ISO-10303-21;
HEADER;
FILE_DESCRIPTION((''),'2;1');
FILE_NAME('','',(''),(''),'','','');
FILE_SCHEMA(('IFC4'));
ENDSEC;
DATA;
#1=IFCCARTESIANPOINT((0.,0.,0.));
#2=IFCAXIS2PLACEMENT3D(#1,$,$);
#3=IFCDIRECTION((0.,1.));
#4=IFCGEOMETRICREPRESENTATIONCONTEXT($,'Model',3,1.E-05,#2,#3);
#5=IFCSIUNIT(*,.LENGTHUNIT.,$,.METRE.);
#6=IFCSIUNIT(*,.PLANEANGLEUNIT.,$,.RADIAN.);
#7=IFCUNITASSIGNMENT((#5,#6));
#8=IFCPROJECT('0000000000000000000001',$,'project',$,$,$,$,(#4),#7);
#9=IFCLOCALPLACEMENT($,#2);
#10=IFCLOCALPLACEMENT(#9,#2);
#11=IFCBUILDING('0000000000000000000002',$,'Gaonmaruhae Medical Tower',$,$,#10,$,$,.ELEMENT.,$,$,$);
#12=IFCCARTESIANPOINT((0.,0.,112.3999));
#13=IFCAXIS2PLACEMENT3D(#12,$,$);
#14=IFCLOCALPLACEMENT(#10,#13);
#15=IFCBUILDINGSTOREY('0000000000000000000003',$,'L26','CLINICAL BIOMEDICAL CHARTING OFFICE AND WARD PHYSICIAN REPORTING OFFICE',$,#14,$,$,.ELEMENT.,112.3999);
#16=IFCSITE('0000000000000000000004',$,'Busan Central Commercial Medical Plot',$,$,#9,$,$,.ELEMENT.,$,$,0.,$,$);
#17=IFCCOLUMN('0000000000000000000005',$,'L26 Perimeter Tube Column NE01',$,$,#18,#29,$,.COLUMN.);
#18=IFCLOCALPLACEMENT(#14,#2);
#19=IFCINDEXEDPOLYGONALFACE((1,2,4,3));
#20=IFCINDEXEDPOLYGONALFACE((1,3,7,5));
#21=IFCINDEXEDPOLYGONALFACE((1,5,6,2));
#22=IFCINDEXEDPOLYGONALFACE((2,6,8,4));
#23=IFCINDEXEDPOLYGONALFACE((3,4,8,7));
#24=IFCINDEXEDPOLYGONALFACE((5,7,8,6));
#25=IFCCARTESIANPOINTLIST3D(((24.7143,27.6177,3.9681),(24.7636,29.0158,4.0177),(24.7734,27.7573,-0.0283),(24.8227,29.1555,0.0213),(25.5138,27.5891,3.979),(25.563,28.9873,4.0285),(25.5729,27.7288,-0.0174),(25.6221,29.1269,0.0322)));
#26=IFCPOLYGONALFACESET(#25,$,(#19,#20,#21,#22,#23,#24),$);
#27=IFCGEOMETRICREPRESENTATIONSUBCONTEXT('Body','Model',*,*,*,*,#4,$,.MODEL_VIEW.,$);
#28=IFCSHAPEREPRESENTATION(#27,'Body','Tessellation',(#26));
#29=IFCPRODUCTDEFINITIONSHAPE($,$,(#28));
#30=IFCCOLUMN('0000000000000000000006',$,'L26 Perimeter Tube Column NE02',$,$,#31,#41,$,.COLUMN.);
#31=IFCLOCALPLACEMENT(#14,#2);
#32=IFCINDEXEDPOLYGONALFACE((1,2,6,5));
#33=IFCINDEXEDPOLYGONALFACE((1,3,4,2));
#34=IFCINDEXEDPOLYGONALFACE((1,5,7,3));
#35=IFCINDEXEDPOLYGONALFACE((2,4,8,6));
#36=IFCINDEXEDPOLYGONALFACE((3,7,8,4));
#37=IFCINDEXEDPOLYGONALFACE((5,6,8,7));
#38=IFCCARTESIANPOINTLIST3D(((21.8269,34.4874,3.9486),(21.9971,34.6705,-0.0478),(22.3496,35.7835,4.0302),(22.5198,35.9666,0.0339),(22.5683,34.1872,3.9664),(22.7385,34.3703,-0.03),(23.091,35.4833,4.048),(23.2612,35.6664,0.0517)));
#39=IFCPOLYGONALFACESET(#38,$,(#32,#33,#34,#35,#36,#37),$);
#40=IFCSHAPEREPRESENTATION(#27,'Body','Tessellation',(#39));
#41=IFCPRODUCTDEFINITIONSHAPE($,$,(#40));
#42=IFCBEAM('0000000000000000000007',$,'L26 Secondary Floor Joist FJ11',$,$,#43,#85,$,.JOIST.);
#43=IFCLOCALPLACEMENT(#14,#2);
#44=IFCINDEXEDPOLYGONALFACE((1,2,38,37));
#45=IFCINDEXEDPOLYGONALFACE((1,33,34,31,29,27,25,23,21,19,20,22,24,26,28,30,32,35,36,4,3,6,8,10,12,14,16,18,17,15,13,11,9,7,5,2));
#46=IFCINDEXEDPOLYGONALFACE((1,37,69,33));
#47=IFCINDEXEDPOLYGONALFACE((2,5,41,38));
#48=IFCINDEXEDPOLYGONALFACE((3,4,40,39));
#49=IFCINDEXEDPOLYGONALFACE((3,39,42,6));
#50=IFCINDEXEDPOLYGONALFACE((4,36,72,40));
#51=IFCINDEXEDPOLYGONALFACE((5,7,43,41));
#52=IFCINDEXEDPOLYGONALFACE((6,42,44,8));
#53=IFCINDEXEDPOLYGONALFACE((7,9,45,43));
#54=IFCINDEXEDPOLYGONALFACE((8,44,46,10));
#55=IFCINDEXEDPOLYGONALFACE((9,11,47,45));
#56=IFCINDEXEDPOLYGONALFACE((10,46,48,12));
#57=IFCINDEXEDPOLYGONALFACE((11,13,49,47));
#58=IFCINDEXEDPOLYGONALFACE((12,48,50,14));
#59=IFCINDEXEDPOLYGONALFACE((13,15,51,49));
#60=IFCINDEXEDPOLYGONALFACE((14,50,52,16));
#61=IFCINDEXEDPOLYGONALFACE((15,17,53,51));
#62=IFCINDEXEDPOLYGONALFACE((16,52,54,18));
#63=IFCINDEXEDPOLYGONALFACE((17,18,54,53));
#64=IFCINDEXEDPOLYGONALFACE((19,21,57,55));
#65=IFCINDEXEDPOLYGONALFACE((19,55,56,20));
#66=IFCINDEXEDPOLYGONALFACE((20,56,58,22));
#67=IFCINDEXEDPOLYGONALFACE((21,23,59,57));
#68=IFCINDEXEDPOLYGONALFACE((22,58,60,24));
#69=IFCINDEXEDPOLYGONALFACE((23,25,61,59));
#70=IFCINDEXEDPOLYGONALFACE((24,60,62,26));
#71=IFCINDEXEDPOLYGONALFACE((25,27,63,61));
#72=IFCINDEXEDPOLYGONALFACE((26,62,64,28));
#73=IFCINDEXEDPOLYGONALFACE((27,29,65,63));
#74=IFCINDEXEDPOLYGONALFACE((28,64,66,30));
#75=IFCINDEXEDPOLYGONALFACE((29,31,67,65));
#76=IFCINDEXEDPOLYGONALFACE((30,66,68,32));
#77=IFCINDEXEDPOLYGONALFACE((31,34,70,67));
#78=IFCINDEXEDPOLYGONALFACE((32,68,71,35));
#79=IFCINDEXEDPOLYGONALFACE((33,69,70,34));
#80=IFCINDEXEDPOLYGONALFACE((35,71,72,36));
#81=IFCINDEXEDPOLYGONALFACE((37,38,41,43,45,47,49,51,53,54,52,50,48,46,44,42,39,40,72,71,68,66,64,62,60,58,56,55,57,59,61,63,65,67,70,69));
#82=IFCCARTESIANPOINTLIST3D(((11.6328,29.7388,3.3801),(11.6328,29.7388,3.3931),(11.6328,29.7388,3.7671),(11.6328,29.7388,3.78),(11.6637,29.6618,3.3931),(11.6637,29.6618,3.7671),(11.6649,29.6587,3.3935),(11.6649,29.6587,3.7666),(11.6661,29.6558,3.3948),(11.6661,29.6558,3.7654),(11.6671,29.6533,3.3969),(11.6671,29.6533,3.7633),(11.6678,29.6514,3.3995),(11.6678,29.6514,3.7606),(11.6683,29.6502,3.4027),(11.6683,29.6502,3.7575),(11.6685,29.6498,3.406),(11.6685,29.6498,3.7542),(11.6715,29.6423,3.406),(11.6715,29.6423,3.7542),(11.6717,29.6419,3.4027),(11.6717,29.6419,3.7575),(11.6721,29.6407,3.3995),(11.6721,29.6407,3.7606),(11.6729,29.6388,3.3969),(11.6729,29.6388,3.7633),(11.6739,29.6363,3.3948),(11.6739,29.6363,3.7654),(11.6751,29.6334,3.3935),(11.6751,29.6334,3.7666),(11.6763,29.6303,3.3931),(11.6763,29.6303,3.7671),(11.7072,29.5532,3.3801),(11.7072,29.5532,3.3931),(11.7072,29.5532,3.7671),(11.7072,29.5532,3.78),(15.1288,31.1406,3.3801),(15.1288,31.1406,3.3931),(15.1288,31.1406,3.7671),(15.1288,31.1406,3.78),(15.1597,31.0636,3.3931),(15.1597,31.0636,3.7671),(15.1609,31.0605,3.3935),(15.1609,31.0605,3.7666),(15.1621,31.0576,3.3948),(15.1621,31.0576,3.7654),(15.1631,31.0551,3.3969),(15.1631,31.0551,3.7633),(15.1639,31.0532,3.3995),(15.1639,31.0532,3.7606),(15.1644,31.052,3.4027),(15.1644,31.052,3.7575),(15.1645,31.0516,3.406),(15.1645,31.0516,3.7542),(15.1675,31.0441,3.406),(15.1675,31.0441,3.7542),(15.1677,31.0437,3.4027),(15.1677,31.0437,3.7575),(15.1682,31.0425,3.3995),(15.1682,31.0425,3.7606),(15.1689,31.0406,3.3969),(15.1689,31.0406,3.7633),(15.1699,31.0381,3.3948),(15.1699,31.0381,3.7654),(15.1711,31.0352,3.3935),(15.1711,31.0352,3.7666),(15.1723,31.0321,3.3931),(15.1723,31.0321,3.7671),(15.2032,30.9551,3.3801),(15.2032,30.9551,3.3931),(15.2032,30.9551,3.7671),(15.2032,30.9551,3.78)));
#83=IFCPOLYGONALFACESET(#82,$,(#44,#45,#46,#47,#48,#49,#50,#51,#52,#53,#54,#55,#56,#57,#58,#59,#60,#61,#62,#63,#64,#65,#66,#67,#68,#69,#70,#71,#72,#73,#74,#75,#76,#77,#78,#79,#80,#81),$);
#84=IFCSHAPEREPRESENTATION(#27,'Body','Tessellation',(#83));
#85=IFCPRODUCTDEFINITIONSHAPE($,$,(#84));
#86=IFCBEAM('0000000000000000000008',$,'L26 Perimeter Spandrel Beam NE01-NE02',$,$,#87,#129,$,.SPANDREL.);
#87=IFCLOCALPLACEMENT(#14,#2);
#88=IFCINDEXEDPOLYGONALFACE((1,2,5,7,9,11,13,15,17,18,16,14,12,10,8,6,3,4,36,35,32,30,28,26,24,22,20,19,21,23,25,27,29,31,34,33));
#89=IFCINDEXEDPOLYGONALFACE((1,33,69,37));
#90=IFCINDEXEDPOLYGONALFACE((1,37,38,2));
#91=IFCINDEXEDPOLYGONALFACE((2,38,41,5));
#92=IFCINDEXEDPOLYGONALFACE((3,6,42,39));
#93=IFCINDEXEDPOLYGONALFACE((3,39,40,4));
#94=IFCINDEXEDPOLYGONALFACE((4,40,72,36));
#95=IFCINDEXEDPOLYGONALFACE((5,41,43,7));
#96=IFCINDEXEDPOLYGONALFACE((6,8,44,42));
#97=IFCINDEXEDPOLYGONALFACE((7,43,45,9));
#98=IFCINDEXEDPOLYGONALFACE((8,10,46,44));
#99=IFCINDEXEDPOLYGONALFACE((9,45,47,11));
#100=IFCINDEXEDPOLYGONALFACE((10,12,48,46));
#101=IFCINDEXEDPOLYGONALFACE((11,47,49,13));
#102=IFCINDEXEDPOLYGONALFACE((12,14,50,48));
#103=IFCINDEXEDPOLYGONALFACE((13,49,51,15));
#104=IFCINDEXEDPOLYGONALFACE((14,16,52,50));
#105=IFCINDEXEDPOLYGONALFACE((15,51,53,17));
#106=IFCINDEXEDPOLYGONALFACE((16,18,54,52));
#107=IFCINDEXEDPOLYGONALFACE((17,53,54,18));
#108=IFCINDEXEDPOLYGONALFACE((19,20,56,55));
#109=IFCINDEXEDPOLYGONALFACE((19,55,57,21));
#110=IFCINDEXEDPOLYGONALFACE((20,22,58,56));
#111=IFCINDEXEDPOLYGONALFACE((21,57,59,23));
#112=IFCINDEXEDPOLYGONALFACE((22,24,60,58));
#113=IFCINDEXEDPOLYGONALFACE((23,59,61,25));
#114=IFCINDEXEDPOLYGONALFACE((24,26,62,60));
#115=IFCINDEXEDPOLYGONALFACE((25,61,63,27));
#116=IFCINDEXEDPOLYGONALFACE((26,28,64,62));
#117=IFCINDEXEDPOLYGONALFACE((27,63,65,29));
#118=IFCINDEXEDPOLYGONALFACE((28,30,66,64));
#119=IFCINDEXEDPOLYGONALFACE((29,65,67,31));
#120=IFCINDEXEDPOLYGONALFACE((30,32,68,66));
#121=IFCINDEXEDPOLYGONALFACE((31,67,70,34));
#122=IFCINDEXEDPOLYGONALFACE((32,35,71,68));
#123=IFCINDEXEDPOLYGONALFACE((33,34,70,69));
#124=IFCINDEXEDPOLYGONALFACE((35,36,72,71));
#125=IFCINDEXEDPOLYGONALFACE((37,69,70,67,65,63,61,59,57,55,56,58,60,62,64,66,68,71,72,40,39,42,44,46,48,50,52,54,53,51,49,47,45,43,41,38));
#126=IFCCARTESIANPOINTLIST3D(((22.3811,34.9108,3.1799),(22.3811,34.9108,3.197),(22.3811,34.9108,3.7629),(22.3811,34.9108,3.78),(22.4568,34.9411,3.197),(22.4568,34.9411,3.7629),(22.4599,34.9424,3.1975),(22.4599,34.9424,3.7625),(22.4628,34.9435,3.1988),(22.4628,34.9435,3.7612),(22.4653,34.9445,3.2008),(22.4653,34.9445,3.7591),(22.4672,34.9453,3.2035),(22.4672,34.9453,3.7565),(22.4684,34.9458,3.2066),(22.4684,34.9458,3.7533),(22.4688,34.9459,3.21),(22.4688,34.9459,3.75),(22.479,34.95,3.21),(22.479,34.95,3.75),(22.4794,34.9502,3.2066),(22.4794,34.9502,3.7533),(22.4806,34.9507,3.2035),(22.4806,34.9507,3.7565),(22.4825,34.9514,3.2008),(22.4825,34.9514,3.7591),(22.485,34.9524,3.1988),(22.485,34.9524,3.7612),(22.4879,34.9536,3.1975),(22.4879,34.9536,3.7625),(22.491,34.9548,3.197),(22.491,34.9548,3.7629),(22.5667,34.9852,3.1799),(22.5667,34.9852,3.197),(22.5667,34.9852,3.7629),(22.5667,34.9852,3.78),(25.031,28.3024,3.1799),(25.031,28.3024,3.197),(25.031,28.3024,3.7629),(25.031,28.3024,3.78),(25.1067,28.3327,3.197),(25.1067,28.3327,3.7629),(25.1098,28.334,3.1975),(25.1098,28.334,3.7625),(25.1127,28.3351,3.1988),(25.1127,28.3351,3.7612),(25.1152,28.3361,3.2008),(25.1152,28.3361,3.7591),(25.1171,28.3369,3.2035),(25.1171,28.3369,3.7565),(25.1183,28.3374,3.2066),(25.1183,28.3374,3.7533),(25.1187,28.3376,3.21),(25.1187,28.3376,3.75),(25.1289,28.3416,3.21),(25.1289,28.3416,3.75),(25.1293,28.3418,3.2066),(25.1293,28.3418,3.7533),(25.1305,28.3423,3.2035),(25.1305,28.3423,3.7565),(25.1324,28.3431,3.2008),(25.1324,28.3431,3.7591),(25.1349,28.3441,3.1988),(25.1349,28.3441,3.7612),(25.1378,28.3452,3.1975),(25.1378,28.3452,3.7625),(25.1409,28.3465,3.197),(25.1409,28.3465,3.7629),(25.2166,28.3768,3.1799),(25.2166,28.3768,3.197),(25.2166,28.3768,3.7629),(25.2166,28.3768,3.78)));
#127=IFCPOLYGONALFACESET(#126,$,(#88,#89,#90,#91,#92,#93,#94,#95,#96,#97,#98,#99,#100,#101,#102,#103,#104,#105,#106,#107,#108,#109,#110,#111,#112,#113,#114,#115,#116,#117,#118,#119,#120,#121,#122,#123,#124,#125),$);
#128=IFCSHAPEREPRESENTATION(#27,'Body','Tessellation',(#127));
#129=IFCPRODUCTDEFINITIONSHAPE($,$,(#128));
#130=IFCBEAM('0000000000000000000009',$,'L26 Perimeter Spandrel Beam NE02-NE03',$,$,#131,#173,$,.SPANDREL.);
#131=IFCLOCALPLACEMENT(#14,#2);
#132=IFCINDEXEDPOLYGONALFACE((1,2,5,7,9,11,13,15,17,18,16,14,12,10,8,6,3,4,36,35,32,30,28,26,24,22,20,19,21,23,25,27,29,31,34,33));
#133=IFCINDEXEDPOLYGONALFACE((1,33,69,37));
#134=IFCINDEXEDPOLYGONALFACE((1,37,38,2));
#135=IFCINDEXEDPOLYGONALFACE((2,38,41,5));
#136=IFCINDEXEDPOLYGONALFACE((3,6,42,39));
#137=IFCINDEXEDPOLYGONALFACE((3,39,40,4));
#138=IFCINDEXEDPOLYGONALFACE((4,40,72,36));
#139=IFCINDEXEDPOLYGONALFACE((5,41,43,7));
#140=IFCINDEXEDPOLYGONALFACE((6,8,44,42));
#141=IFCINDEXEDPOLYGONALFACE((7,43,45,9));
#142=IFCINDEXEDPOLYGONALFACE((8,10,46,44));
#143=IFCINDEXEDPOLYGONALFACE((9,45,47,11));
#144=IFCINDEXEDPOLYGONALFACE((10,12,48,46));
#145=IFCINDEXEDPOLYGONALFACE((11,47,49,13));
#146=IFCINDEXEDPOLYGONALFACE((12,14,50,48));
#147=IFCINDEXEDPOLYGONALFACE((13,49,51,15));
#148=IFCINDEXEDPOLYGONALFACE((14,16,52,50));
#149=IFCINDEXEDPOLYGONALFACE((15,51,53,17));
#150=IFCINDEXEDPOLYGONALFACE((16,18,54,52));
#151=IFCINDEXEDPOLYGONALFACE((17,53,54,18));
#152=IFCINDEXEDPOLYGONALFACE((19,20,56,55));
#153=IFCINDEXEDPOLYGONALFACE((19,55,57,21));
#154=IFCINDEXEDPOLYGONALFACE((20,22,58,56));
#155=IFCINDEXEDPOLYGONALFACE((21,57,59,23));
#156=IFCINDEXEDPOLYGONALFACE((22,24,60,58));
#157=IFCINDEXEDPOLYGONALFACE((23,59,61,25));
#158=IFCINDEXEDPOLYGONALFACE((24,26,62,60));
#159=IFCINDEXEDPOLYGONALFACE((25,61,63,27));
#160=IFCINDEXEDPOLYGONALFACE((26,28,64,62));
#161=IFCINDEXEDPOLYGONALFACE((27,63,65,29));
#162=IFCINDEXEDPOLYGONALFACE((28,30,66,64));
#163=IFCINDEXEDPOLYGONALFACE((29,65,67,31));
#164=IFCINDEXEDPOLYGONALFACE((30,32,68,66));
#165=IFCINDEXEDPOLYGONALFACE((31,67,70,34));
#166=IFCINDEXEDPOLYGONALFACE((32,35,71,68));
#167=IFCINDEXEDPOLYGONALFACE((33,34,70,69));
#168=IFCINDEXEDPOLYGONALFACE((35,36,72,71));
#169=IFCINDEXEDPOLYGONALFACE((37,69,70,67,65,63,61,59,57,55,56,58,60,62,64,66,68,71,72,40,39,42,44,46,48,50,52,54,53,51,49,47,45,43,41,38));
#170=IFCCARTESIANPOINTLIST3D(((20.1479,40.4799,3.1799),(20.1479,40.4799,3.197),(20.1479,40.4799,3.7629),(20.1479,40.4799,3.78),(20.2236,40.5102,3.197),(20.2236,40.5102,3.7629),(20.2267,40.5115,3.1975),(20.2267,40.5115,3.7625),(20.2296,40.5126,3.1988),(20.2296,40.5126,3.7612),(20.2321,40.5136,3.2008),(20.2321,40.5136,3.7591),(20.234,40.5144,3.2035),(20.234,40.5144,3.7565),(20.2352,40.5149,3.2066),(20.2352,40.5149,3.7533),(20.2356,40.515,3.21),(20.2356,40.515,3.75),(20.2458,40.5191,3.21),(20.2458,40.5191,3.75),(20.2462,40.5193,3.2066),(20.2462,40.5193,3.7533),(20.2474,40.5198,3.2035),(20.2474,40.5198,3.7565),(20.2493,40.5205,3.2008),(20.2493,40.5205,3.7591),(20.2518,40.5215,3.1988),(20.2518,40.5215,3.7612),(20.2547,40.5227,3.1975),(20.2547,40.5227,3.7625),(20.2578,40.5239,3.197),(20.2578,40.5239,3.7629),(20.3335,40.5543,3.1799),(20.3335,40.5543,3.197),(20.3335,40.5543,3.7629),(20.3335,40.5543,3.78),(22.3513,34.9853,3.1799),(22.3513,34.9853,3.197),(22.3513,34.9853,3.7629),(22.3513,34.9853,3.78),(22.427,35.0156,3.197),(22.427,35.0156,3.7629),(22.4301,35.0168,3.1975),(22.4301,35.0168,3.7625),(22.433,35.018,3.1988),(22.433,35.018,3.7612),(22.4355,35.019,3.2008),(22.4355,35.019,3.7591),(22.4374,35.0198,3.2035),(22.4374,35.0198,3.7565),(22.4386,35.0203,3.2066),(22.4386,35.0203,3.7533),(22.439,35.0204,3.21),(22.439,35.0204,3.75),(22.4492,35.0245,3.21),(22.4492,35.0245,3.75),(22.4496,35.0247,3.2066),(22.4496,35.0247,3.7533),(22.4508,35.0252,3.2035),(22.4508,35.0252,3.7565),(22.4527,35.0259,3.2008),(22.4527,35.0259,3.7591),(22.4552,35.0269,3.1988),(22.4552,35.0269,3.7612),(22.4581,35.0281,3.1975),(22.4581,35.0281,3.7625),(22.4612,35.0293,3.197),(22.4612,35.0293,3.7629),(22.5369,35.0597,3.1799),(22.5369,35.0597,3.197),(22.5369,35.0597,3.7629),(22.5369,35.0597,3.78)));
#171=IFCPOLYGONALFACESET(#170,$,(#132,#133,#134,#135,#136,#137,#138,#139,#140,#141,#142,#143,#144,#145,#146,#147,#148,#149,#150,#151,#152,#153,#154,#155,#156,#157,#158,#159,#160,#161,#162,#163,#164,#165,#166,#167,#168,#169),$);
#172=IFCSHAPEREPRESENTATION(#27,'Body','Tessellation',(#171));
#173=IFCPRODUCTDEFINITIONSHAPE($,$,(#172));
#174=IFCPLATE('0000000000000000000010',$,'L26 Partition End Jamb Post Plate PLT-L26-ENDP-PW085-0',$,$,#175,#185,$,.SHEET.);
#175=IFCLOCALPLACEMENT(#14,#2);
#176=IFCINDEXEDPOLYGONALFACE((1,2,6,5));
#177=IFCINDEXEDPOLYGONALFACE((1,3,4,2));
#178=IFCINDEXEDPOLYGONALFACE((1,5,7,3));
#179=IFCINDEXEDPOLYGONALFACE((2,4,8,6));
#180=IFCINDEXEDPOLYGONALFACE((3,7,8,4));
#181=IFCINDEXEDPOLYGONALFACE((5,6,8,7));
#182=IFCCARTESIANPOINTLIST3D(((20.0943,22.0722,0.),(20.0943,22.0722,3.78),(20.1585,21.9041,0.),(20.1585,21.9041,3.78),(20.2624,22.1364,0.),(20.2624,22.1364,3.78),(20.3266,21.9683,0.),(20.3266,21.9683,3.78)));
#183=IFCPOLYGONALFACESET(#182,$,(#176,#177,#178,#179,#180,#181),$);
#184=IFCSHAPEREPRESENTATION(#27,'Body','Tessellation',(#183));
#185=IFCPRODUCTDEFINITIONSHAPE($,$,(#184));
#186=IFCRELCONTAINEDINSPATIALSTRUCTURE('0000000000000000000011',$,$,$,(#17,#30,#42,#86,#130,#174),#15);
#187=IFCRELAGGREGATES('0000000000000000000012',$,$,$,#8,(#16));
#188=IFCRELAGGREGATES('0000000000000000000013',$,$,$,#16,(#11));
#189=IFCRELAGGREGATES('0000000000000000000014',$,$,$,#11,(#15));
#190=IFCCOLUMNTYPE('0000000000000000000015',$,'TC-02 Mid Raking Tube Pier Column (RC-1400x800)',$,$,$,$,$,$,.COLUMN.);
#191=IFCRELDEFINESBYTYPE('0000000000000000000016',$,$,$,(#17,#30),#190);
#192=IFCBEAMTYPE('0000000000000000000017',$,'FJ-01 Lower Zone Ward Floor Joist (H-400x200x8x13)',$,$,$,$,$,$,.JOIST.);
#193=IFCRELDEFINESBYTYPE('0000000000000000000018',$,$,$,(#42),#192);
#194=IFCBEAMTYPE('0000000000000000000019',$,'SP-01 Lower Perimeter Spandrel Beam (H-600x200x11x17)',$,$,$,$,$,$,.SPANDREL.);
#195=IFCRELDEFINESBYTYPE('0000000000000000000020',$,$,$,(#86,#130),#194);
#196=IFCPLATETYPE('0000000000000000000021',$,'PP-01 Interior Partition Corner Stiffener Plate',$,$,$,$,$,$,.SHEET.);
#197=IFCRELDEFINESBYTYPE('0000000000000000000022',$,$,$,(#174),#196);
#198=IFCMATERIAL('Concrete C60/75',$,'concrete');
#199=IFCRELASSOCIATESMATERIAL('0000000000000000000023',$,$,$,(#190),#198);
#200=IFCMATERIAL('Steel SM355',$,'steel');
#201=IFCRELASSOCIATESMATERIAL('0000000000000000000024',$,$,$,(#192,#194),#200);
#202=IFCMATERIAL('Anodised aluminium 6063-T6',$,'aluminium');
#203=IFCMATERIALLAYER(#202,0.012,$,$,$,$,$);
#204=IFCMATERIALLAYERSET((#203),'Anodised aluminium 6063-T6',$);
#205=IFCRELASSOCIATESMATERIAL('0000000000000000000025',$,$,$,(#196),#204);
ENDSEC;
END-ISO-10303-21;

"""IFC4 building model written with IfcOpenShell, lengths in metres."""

from ifc_helpers import new_model, si_unit, direction, frame, origin, origin_2d, place, context, subcontext, project, spatial, rectangle, i_section, extrude, material, layer, layer_set, material_profile, profile_set, type_object, element, save


model = new_model("IFC4")

# Units and contexts
model_context = context("Model", 3, precision=1e-05, world=origin(), true_north=direction((0.0, 1.0)))
body_context = subcontext(model_context, "Body", "Model", "MODEL_VIEW")
ifc_project = project(units=[si_unit("LENGTHUNIT", "METRE"), si_unit("PLANEANGLEUNIT", "RADIAN")], contexts=[model_context])

# Site, building, storey
site_placement = place(None, origin())
site = spatial("IfcSite", under=ifc_project, at=site_placement, Name="Busan Central Commercial Medical Plot", CompositionType="ELEMENT", RefElevation=0.0)
building_placement = place(site_placement, origin())
building = spatial("IfcBuilding", under=site, at=building_placement, Name="Gaonmaruhae Medical Tower", CompositionType="ELEMENT")
storey_placement = place(building_placement, frame((0.0, 0.0, 112.3999)))
storey = spatial("IfcBuildingStorey", under=building, at=storey_placement, Name="L26", Description="CLINICAL BIOMEDICAL CHARTING OFFICE AND WARD PHYSICIAN REPORTING OFFICE", CompositionType="ELEMENT", Elevation=112.3999)

# Columns
ifc_material_1 = material(Name="Concrete C60/75", Category="concrete")
ifc_material_profile_1 = material_profile(ifc_material_1, rectangle(XDim=1.3999, YDim=0.8, at=origin_2d()), Name="RC-1400x800")
ifc_profile_set_1 = profile_set([ifc_material_profile_1], Name="Concrete C60/75")
column_type = type_object("IfcColumnType", Name="TC-02 Mid Raking Tube Pier Column (RC-1400x800)", PredefinedType="COLUMN", material=ifc_profile_set_1)
column_1_placement = place(storey_placement, frame((25.1978, 28.4421, 0.002), z_axis=(-0.014773, -0.034919, 0.999281), x_axis=(0.035198, 0.998752, 0.035421)))
element("IfcColumn", 1, at=column_1_placement, inside=storey, type_object=column_type, Name="L26 Perimeter Tube Column NE01", PredefinedType="COLUMN", context=body_context, shape_type="SweptSolid", body=[
    extrude(rectangle(XDim=1.3999, YDim=0.8, at=origin_2d()), origin(), (0.0, 0.0, 1.0), 3.9993),
])
column_2_placement = place(storey_placement, frame((22.6292, 35.1685, 0.002), z_axis=(-0.042497, -0.045729, 0.99805), x_axis=(0.373404, 0.925834, 0.05832)))
element("IfcColumn", 2, at=column_2_placement, inside=storey, type_object=column_type, Name="L26 Perimeter Tube Column NE02", PredefinedType="COLUMN", context=body_context, shape_type="SweptSolid", body=[
    extrude(rectangle(XDim=1.3999, YDim=0.8, at=origin_2d()), origin(), (0.0, 0.0, 1.0), 4.0042),
])

# Beams
ifc_material_2 = material(Name="Steel SM355", Category="steel")
ifc_material_profile_2 = material_profile(ifc_material_2, i_section(OverallWidth=0.2, OverallDepth=0.3999, WebThickness=0.0081, FlangeThickness=0.0129, FilletRadius=0.0129, at=origin_2d()), Name="H-400x200x8x13")
ifc_profile_set_2 = profile_set([ifc_material_profile_2], Name="Steel SM355")
beam_type_1 = type_object("IfcBeamType", Name="FJ-01 Lower Zone Ward Floor Joist (H-400x200x8x13)", PredefinedType="JOIST", material=ifc_profile_set_2)
beam_1_placement = place(storey_placement, frame((15.166, 31.0479, 3.5801), z_axis=(-0.928163, -0.372173, 0.0), x_axis=(0.372173, -0.928163, 0.0)))
element("IfcBeam", 3, at=beam_1_placement, inside=storey, type_object=beam_type_1, Name="L26 Secondary Floor Joist FJ11", PredefinedType="JOIST", context=body_context, shape_type="SweptSolid", body=[
    extrude(i_section(OverallWidth=0.2, OverallDepth=0.3999, WebThickness=0.0081, FlangeThickness=0.0129, FilletRadius=0.0129, at=origin_2d()), origin(), (0.0, 0.0, 1.0), 3.7666),
])
ifc_material_profile_3 = material_profile(ifc_material_2, i_section(OverallWidth=0.2, OverallDepth=0.6001, WebThickness=0.011, FlangeThickness=0.0171, FilletRadius=0.0129, at=origin_2d()), Name="H-600x200x11x17")
ifc_profile_set_3 = profile_set([ifc_material_profile_3], Name="Steel SM355")
beam_type_2 = type_object("IfcBeamType", Name="SP-01 Lower Perimeter Spandrel Beam (H-600x200x11x17)", PredefinedType="SPANDREL", material=ifc_profile_set_3)
beam_2_placement = place(storey_placement, frame((25.1238, 28.3396, 3.48), z_axis=(-0.372183, 0.928159, 0.0), x_axis=(-0.928159, -0.372183, 0.0)))
element("IfcBeam", 4, at=beam_2_placement, inside=storey, type_object=beam_type_2, Name="L26 Perimeter Spandrel Beam NE01-NE02", PredefinedType="SPANDREL", context=body_context, shape_type="SweptSolid", body=[
    extrude(i_section(OverallWidth=0.2, OverallDepth=0.6001, WebThickness=0.011, FlangeThickness=0.0171, FilletRadius=0.0129, at=origin_2d()), origin(), (0.0, 0.0, 1.0), 7.1199),
])
beam_3_placement = place(storey_placement, frame((22.4441, 35.0225, 3.48), z_axis=(-0.372194, 0.928155, 0.0), x_axis=(-0.928155, -0.372194, 0.0)))
element("IfcBeam", 5, at=beam_3_placement, inside=storey, type_object=beam_type_2, Name="L26 Perimeter Spandrel Beam NE02-NE03", PredefinedType="SPANDREL", context=body_context, shape_type="SweptSolid", body=[
    extrude(i_section(OverallWidth=0.2, OverallDepth=0.6001, WebThickness=0.011, FlangeThickness=0.0171, FilletRadius=0.0129, at=origin_2d()), origin(), (0.0, 0.0, 1.0), 5.9199),
])

# Plate
ifc_material_3 = material(Name="Anodised aluminium 6063-T6", Category="aluminium")
ifc_layer_1 = layer(ifc_material_3, 0.012)
ifc_layer_set_1 = layer_set([ifc_layer_1], Name="Anodised aluminium 6063-T6")
plate_type = type_object("IfcPlateType", Name="PP-01 Interior Partition Corner Stiffener Plate", PredefinedType="SHEET", material=ifc_layer_set_1)
plate_1_placement = place(storey_placement, frame((20.2104, 22.0203, 0.0), z_axis=(0.0, 0.0, 1.0), x_axis=(-0.356754, 0.934198, 0.0)))
element("IfcPlate", 6, at=plate_1_placement, inside=storey, type_object=plate_type, Name="L26 Partition End Jamb Post Plate PLT-L26-ENDP-PW085-0", PredefinedType="SHEET", context=body_context, shape_type="SweptSolid", body=[
    extrude(rectangle(XDim=0.1799, YDim=0.1799, at=origin_2d()), origin(), (0.0, 0.0, 1.0), 3.78),
])

save(model, "model.ifc")
